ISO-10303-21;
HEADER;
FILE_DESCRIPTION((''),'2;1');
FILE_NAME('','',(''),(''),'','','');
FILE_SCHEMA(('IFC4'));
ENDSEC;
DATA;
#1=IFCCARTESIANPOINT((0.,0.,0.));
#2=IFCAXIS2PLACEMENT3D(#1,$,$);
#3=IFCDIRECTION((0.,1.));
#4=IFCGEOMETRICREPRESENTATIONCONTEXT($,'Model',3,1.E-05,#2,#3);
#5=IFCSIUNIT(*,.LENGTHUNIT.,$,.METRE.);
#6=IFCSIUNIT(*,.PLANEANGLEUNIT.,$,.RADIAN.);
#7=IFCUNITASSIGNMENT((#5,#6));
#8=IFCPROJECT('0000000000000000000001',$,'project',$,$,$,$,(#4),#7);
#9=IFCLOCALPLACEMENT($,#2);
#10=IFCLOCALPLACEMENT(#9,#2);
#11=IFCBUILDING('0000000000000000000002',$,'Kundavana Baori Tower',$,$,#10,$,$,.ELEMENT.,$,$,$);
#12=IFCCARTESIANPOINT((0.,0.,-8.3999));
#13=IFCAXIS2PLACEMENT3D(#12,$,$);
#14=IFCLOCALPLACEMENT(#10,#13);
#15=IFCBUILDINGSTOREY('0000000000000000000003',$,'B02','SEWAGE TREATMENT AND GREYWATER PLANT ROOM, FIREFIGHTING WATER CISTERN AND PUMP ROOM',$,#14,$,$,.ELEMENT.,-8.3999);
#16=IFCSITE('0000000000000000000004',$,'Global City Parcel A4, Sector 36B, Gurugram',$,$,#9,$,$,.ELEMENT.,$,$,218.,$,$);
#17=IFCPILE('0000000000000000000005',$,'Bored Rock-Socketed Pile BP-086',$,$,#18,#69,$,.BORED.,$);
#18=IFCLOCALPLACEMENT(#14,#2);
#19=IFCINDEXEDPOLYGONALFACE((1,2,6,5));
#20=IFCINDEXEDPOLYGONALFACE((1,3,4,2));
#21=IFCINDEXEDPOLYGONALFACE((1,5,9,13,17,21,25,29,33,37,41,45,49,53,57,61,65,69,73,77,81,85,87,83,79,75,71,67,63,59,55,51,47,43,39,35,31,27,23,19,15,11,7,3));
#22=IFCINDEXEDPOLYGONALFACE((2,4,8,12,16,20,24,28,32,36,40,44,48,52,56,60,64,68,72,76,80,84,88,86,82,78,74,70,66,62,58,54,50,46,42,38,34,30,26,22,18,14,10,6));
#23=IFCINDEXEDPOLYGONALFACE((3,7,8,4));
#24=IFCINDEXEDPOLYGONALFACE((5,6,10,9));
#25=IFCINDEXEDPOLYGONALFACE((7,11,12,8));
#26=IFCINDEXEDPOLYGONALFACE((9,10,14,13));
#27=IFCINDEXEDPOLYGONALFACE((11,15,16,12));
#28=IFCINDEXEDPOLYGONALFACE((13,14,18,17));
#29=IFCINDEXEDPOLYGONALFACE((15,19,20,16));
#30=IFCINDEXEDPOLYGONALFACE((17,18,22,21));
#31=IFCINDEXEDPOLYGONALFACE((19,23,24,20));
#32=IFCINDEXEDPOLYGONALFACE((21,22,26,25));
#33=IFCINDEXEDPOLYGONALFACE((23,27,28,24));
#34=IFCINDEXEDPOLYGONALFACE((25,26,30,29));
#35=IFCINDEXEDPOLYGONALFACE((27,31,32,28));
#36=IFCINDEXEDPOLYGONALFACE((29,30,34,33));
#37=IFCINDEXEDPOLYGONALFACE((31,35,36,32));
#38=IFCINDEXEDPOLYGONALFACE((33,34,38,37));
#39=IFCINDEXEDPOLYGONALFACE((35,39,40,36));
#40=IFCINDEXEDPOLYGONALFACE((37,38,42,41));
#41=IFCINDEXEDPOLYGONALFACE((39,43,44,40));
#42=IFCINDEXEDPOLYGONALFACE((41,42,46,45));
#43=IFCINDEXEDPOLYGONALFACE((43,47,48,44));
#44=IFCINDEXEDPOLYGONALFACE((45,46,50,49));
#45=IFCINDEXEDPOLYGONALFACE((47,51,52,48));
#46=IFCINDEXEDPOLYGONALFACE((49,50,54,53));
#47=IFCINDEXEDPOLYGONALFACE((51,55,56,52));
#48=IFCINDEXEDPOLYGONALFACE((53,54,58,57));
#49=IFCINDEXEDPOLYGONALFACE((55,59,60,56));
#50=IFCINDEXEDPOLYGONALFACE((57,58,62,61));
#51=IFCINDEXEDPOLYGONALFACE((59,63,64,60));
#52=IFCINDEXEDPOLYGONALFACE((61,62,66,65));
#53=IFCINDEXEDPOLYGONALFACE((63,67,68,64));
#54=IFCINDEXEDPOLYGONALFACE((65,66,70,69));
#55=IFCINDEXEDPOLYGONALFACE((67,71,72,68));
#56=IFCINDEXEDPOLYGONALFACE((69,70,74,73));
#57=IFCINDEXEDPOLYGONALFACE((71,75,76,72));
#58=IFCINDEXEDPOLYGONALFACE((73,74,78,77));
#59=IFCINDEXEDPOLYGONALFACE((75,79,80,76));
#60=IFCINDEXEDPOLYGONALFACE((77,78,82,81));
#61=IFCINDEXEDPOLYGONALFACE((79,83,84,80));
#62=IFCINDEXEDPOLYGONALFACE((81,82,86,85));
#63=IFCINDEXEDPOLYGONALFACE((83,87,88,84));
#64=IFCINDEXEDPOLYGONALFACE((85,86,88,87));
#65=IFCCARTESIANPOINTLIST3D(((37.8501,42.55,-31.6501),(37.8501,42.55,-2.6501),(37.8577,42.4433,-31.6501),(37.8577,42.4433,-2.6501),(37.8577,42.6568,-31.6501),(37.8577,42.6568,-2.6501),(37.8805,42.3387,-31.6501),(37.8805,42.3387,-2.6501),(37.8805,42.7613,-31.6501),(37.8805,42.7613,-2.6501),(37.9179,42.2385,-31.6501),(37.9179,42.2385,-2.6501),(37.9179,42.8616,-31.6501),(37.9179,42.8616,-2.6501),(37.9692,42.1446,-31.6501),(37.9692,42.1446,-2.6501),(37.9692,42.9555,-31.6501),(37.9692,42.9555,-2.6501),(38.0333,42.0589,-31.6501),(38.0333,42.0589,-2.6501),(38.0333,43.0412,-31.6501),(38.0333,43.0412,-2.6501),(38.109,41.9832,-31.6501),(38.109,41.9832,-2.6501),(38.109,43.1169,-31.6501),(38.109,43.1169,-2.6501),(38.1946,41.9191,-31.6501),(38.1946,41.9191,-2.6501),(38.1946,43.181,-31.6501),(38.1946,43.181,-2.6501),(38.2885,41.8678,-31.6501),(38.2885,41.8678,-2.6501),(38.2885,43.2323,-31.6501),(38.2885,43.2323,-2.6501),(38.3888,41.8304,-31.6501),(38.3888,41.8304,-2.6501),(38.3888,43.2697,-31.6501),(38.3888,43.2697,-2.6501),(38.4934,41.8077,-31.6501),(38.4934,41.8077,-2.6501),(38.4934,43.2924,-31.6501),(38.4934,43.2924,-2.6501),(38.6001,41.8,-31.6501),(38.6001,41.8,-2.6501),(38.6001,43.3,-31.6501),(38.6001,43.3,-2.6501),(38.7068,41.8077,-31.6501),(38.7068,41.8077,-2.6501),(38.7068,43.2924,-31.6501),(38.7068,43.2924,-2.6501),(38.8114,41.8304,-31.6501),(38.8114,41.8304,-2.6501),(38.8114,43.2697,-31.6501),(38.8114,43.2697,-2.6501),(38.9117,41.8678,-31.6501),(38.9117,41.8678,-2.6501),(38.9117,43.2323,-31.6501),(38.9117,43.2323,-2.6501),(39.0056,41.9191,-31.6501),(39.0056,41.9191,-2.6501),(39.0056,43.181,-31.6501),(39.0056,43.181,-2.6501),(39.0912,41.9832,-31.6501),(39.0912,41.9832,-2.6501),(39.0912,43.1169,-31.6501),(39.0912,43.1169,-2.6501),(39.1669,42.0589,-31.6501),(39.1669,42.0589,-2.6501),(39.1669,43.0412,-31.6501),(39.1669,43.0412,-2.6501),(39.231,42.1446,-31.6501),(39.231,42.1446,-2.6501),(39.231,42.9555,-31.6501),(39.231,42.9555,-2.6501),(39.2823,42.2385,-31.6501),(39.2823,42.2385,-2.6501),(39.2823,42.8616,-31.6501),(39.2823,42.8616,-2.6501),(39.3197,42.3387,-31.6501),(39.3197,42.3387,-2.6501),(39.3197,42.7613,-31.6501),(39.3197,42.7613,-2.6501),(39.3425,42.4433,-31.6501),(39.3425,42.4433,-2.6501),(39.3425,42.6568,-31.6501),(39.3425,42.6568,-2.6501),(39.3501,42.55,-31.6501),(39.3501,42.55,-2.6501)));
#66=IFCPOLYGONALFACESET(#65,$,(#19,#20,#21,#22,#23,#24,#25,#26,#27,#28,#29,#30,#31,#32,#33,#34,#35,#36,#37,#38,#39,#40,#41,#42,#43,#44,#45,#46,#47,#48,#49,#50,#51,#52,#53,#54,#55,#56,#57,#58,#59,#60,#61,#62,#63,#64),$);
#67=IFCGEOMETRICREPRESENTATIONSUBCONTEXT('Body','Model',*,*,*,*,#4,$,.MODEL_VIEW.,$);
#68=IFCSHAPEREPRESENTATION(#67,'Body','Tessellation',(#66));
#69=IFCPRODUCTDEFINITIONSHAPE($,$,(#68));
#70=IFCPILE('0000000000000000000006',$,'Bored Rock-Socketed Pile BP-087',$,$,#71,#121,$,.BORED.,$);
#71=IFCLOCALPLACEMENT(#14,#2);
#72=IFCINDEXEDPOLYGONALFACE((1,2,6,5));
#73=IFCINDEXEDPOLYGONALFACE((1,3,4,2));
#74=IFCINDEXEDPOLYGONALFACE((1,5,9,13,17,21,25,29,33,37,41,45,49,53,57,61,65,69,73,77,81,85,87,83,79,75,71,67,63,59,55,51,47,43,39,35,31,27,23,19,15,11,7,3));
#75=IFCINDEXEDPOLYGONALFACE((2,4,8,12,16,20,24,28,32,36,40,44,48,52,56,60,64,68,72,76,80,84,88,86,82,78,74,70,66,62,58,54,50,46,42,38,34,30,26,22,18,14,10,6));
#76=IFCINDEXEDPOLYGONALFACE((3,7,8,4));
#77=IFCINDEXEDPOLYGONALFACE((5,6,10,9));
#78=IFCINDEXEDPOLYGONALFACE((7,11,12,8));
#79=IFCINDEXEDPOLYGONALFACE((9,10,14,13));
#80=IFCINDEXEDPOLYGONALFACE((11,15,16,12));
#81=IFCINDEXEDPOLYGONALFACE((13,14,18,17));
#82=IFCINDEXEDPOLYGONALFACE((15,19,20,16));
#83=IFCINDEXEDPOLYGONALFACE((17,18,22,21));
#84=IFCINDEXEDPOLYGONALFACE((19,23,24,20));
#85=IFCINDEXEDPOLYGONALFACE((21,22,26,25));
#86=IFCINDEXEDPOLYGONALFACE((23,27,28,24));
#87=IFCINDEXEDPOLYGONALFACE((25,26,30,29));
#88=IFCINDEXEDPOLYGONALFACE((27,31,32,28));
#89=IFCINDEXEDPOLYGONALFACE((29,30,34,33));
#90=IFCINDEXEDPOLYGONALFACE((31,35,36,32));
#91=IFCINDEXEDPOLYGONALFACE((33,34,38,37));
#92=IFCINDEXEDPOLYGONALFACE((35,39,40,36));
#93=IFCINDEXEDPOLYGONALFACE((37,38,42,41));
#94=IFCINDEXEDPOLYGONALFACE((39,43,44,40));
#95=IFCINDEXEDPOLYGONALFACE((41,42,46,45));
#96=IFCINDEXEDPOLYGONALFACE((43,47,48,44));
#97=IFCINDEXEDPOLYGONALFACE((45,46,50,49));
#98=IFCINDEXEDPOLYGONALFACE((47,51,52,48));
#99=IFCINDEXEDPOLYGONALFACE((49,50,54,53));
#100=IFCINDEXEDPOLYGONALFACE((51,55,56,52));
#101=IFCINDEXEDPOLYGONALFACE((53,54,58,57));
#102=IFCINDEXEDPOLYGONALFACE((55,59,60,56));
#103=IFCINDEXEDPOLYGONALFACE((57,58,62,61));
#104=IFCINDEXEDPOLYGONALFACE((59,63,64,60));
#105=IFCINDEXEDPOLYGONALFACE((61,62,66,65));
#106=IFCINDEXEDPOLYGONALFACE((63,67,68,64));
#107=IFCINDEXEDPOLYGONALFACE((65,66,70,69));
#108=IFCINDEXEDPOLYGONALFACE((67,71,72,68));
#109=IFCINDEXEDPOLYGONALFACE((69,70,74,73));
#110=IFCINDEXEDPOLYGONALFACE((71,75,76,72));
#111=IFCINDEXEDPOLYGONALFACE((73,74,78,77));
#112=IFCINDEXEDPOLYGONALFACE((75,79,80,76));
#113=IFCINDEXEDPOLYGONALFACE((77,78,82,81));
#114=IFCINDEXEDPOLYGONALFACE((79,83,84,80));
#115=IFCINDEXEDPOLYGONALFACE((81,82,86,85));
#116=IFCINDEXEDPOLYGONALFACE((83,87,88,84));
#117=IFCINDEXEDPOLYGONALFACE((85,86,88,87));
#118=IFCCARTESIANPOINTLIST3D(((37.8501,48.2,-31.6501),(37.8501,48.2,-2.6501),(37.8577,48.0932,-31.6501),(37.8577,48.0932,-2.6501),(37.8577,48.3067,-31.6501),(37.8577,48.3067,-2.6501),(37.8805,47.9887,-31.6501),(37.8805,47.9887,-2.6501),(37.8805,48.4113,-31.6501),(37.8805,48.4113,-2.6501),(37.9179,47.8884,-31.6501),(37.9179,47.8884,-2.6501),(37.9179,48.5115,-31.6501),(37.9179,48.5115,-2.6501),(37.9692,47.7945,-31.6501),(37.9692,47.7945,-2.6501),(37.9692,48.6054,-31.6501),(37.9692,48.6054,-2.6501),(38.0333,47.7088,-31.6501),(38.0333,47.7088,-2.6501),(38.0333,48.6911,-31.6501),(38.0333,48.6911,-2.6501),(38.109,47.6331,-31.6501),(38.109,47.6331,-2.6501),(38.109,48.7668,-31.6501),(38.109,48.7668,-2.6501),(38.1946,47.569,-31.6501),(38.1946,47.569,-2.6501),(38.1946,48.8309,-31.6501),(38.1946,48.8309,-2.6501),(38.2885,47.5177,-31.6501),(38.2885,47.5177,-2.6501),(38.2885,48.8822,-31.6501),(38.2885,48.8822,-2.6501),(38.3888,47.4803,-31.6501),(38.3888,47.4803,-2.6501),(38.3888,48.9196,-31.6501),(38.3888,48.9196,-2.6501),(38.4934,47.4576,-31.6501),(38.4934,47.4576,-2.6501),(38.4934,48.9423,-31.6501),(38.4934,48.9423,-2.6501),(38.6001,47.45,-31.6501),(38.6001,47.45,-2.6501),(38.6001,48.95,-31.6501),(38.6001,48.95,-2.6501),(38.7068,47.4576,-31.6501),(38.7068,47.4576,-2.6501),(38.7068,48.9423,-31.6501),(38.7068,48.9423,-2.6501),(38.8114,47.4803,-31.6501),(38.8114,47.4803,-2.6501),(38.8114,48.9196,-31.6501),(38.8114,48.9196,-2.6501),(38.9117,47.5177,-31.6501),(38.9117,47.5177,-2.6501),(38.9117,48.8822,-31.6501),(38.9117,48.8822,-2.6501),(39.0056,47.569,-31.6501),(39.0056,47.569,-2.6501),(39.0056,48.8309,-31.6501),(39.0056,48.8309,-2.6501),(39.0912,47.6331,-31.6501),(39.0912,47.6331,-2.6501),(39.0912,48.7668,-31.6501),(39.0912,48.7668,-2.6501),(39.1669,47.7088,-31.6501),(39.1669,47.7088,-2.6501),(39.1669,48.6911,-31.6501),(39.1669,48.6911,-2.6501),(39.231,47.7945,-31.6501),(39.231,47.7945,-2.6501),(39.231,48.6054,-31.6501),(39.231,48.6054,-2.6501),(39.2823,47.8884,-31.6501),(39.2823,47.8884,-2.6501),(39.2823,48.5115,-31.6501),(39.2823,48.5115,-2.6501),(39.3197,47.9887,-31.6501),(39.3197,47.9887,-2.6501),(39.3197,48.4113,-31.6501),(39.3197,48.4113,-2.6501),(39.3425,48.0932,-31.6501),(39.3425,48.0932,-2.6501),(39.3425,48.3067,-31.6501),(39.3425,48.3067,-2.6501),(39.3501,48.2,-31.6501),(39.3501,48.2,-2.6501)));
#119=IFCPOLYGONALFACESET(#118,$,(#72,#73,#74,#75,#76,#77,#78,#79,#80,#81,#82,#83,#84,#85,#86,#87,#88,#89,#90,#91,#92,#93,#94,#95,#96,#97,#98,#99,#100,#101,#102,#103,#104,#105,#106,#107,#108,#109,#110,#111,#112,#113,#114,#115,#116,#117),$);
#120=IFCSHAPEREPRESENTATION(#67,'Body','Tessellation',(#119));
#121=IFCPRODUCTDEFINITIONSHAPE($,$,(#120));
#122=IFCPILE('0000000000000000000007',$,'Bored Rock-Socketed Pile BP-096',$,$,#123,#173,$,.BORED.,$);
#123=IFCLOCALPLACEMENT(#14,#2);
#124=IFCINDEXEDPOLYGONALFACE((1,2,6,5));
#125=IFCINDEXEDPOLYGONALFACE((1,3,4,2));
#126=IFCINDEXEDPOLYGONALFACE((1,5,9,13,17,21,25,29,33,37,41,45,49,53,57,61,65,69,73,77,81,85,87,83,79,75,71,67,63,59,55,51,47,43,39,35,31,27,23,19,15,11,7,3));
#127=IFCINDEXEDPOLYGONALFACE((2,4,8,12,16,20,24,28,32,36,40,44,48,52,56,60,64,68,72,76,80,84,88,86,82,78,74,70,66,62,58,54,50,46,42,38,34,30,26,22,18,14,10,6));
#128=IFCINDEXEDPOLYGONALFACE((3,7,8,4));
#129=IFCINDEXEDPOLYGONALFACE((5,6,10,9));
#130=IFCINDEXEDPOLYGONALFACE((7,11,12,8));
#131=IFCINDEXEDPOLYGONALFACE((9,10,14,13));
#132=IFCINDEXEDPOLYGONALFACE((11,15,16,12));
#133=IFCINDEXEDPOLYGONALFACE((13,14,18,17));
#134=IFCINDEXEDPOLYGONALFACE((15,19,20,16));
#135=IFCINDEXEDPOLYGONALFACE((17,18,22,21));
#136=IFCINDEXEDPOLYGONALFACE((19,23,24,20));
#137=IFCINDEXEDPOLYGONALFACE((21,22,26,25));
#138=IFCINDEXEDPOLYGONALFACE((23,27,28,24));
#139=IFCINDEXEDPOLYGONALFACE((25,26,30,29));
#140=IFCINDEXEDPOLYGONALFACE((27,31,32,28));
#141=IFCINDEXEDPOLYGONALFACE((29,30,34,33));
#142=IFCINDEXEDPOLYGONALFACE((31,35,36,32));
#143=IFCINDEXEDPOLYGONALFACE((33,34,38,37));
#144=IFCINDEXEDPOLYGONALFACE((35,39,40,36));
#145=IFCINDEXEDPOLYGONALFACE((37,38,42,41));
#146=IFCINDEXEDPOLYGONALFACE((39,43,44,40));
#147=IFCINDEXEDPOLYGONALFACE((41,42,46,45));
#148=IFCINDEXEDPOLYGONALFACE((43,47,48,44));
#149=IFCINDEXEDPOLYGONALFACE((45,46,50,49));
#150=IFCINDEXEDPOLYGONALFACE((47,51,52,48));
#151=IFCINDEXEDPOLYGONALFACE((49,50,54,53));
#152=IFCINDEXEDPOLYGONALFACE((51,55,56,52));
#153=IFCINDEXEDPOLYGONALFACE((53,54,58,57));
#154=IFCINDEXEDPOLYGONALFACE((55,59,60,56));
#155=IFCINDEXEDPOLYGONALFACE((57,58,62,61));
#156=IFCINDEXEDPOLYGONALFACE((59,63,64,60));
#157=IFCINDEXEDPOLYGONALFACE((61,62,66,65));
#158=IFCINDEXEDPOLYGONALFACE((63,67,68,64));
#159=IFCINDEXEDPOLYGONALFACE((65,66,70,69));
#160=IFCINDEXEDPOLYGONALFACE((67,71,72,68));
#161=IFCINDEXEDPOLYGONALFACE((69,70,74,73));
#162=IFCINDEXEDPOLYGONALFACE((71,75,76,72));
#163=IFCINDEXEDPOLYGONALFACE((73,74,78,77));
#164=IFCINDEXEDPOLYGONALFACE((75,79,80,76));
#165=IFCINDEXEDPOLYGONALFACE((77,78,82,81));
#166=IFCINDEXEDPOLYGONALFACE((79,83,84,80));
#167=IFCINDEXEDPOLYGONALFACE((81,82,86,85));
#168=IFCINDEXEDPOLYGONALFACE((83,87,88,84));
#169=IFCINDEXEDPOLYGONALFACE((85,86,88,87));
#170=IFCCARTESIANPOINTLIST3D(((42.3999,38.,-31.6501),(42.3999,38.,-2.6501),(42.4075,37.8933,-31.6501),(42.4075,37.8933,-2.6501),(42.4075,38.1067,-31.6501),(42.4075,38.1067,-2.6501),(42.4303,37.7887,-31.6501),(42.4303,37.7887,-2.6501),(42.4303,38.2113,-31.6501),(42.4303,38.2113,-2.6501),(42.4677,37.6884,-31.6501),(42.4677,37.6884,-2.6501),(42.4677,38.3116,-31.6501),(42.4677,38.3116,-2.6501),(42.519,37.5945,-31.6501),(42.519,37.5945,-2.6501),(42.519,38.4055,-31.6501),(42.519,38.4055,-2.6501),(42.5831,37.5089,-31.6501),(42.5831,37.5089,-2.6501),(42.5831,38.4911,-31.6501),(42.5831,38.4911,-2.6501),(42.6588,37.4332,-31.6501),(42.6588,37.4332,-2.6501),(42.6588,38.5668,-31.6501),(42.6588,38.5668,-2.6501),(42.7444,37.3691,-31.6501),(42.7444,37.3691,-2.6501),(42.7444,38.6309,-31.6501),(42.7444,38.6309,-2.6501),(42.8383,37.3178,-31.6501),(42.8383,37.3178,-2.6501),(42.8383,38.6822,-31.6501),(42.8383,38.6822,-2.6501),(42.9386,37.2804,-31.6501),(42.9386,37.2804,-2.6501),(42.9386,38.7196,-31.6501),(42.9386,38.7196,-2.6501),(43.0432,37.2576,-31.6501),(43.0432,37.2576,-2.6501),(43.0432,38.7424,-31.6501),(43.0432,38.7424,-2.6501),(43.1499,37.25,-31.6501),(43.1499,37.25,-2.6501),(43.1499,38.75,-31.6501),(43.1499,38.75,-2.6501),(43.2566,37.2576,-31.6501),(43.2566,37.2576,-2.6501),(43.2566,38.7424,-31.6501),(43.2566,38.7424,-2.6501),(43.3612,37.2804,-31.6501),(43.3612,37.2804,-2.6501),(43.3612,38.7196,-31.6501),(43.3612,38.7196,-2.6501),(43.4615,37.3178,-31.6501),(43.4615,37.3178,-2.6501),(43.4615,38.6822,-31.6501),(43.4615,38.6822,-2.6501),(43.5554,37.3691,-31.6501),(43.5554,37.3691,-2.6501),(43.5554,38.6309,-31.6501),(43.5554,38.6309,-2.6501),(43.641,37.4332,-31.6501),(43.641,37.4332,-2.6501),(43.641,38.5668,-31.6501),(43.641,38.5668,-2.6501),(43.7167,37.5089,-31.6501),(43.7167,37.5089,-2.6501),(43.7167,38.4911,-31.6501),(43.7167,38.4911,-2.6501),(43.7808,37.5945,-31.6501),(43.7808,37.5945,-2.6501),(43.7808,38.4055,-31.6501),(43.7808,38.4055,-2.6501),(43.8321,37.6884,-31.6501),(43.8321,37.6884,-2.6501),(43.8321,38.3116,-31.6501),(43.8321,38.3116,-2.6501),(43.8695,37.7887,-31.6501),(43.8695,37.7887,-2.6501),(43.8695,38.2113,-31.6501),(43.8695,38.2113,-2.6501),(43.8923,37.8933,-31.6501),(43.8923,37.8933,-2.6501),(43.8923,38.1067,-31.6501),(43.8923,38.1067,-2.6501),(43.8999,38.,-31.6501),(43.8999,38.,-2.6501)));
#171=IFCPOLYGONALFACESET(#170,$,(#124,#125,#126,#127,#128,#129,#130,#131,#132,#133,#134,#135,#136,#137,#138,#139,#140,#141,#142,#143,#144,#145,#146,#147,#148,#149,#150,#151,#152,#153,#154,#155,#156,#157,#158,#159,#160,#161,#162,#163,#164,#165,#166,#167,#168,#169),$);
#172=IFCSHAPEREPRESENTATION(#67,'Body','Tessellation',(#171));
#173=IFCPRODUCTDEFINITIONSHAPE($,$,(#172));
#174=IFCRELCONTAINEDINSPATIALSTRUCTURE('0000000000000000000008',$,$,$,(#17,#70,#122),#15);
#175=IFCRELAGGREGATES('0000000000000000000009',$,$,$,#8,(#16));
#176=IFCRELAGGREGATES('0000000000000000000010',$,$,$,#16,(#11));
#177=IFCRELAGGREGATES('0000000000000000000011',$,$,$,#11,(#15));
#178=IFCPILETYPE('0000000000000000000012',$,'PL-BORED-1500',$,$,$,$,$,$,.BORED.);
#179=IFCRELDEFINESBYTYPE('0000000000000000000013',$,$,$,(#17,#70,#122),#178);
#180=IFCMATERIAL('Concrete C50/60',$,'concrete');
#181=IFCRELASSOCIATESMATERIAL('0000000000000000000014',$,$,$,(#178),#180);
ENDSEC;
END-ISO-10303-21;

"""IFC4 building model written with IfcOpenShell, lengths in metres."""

from ifc_helpers import new_model, si_unit, direction, frame, origin, origin_2d, place, context, subcontext, project, spatial, circle, extrude, material, material_profile, profile_set, type_object, element, save


model = new_model("IFC4")

# Units and contexts
model_context = context("Model", 3, precision=1e-05, world=origin(), true_north=direction((0.0, 1.0)))
body_context = subcontext(model_context, "Body", "Model", "MODEL_VIEW")
ifc_project = project(units=[si_unit("LENGTHUNIT", "METRE"), si_unit("PLANEANGLEUNIT", "RADIAN")], contexts=[model_context])

# Site, building, storey
site_placement = place(None, origin())
site = spatial("IfcSite", under=ifc_project, at=site_placement, Name="Global City Parcel A4, Sector 36B, Gurugram", CompositionType="ELEMENT", RefElevation=218.0)
building_placement = place(site_placement, origin())
building = spatial("IfcBuilding", under=site, at=building_placement, Name="Kundavana Baori Tower", CompositionType="ELEMENT")
storey_placement = place(building_placement, frame((0.0, 0.0, -8.3999)))
storey = spatial("IfcBuildingStorey", under=building, at=storey_placement, Name="B02", Description="SEWAGE TREATMENT AND GREYWATER PLANT ROOM, FIREFIGHTING WATER CISTERN AND PUMP ROOM", CompositionType="ELEMENT", Elevation=-8.3999)

# Piles
ifc_material_1 = material(Name="Concrete C50/60", Category="concrete")
ifc_material_profile_1 = material_profile(ifc_material_1, circle(Radius=0.75, at=origin_2d()), Name="BORED PILE D1500")
ifc_profile_set_1 = profile_set([ifc_material_profile_1], Name="Concrete C50/60")
pile_type_1 = type_object("IfcPileType", Name="PL-BORED-1500", PredefinedType="BORED", material=ifc_profile_set_1)
for number, where, z_axis, x_axis, name in (
    (1, (38.6001, 42.55, -2.6501), (0.0, 0.0, -1.0), (1.0, 0.0, 0.0), "Bored Rock-Socketed Pile BP-086"),
    (2, (38.6001, 48.2, -2.6501), (0.0, 0.0, -1.0), (1.0, 0.0, 0.0), "Bored Rock-Socketed Pile BP-087"),
    (3, (43.1499, 38.0, -2.6501), (0.0, 0.0, -1.0), (1.0, 0.0, 0.0), "Bored Rock-Socketed Pile BP-096"),
):
    element("IfcPile", number, at=place(storey_placement, frame(where, z_axis=z_axis, x_axis=x_axis)), inside=storey, type_object=pile_type_1, Name=name, PredefinedType="BORED", context=body_context, shape_type="SweptSolid", body=[
        extrude(circle(Radius=0.75, at=origin_2d()), origin(), (0.0, 0.0, 1.0), 29.0),
    ])

save(model, "model.ifc")
